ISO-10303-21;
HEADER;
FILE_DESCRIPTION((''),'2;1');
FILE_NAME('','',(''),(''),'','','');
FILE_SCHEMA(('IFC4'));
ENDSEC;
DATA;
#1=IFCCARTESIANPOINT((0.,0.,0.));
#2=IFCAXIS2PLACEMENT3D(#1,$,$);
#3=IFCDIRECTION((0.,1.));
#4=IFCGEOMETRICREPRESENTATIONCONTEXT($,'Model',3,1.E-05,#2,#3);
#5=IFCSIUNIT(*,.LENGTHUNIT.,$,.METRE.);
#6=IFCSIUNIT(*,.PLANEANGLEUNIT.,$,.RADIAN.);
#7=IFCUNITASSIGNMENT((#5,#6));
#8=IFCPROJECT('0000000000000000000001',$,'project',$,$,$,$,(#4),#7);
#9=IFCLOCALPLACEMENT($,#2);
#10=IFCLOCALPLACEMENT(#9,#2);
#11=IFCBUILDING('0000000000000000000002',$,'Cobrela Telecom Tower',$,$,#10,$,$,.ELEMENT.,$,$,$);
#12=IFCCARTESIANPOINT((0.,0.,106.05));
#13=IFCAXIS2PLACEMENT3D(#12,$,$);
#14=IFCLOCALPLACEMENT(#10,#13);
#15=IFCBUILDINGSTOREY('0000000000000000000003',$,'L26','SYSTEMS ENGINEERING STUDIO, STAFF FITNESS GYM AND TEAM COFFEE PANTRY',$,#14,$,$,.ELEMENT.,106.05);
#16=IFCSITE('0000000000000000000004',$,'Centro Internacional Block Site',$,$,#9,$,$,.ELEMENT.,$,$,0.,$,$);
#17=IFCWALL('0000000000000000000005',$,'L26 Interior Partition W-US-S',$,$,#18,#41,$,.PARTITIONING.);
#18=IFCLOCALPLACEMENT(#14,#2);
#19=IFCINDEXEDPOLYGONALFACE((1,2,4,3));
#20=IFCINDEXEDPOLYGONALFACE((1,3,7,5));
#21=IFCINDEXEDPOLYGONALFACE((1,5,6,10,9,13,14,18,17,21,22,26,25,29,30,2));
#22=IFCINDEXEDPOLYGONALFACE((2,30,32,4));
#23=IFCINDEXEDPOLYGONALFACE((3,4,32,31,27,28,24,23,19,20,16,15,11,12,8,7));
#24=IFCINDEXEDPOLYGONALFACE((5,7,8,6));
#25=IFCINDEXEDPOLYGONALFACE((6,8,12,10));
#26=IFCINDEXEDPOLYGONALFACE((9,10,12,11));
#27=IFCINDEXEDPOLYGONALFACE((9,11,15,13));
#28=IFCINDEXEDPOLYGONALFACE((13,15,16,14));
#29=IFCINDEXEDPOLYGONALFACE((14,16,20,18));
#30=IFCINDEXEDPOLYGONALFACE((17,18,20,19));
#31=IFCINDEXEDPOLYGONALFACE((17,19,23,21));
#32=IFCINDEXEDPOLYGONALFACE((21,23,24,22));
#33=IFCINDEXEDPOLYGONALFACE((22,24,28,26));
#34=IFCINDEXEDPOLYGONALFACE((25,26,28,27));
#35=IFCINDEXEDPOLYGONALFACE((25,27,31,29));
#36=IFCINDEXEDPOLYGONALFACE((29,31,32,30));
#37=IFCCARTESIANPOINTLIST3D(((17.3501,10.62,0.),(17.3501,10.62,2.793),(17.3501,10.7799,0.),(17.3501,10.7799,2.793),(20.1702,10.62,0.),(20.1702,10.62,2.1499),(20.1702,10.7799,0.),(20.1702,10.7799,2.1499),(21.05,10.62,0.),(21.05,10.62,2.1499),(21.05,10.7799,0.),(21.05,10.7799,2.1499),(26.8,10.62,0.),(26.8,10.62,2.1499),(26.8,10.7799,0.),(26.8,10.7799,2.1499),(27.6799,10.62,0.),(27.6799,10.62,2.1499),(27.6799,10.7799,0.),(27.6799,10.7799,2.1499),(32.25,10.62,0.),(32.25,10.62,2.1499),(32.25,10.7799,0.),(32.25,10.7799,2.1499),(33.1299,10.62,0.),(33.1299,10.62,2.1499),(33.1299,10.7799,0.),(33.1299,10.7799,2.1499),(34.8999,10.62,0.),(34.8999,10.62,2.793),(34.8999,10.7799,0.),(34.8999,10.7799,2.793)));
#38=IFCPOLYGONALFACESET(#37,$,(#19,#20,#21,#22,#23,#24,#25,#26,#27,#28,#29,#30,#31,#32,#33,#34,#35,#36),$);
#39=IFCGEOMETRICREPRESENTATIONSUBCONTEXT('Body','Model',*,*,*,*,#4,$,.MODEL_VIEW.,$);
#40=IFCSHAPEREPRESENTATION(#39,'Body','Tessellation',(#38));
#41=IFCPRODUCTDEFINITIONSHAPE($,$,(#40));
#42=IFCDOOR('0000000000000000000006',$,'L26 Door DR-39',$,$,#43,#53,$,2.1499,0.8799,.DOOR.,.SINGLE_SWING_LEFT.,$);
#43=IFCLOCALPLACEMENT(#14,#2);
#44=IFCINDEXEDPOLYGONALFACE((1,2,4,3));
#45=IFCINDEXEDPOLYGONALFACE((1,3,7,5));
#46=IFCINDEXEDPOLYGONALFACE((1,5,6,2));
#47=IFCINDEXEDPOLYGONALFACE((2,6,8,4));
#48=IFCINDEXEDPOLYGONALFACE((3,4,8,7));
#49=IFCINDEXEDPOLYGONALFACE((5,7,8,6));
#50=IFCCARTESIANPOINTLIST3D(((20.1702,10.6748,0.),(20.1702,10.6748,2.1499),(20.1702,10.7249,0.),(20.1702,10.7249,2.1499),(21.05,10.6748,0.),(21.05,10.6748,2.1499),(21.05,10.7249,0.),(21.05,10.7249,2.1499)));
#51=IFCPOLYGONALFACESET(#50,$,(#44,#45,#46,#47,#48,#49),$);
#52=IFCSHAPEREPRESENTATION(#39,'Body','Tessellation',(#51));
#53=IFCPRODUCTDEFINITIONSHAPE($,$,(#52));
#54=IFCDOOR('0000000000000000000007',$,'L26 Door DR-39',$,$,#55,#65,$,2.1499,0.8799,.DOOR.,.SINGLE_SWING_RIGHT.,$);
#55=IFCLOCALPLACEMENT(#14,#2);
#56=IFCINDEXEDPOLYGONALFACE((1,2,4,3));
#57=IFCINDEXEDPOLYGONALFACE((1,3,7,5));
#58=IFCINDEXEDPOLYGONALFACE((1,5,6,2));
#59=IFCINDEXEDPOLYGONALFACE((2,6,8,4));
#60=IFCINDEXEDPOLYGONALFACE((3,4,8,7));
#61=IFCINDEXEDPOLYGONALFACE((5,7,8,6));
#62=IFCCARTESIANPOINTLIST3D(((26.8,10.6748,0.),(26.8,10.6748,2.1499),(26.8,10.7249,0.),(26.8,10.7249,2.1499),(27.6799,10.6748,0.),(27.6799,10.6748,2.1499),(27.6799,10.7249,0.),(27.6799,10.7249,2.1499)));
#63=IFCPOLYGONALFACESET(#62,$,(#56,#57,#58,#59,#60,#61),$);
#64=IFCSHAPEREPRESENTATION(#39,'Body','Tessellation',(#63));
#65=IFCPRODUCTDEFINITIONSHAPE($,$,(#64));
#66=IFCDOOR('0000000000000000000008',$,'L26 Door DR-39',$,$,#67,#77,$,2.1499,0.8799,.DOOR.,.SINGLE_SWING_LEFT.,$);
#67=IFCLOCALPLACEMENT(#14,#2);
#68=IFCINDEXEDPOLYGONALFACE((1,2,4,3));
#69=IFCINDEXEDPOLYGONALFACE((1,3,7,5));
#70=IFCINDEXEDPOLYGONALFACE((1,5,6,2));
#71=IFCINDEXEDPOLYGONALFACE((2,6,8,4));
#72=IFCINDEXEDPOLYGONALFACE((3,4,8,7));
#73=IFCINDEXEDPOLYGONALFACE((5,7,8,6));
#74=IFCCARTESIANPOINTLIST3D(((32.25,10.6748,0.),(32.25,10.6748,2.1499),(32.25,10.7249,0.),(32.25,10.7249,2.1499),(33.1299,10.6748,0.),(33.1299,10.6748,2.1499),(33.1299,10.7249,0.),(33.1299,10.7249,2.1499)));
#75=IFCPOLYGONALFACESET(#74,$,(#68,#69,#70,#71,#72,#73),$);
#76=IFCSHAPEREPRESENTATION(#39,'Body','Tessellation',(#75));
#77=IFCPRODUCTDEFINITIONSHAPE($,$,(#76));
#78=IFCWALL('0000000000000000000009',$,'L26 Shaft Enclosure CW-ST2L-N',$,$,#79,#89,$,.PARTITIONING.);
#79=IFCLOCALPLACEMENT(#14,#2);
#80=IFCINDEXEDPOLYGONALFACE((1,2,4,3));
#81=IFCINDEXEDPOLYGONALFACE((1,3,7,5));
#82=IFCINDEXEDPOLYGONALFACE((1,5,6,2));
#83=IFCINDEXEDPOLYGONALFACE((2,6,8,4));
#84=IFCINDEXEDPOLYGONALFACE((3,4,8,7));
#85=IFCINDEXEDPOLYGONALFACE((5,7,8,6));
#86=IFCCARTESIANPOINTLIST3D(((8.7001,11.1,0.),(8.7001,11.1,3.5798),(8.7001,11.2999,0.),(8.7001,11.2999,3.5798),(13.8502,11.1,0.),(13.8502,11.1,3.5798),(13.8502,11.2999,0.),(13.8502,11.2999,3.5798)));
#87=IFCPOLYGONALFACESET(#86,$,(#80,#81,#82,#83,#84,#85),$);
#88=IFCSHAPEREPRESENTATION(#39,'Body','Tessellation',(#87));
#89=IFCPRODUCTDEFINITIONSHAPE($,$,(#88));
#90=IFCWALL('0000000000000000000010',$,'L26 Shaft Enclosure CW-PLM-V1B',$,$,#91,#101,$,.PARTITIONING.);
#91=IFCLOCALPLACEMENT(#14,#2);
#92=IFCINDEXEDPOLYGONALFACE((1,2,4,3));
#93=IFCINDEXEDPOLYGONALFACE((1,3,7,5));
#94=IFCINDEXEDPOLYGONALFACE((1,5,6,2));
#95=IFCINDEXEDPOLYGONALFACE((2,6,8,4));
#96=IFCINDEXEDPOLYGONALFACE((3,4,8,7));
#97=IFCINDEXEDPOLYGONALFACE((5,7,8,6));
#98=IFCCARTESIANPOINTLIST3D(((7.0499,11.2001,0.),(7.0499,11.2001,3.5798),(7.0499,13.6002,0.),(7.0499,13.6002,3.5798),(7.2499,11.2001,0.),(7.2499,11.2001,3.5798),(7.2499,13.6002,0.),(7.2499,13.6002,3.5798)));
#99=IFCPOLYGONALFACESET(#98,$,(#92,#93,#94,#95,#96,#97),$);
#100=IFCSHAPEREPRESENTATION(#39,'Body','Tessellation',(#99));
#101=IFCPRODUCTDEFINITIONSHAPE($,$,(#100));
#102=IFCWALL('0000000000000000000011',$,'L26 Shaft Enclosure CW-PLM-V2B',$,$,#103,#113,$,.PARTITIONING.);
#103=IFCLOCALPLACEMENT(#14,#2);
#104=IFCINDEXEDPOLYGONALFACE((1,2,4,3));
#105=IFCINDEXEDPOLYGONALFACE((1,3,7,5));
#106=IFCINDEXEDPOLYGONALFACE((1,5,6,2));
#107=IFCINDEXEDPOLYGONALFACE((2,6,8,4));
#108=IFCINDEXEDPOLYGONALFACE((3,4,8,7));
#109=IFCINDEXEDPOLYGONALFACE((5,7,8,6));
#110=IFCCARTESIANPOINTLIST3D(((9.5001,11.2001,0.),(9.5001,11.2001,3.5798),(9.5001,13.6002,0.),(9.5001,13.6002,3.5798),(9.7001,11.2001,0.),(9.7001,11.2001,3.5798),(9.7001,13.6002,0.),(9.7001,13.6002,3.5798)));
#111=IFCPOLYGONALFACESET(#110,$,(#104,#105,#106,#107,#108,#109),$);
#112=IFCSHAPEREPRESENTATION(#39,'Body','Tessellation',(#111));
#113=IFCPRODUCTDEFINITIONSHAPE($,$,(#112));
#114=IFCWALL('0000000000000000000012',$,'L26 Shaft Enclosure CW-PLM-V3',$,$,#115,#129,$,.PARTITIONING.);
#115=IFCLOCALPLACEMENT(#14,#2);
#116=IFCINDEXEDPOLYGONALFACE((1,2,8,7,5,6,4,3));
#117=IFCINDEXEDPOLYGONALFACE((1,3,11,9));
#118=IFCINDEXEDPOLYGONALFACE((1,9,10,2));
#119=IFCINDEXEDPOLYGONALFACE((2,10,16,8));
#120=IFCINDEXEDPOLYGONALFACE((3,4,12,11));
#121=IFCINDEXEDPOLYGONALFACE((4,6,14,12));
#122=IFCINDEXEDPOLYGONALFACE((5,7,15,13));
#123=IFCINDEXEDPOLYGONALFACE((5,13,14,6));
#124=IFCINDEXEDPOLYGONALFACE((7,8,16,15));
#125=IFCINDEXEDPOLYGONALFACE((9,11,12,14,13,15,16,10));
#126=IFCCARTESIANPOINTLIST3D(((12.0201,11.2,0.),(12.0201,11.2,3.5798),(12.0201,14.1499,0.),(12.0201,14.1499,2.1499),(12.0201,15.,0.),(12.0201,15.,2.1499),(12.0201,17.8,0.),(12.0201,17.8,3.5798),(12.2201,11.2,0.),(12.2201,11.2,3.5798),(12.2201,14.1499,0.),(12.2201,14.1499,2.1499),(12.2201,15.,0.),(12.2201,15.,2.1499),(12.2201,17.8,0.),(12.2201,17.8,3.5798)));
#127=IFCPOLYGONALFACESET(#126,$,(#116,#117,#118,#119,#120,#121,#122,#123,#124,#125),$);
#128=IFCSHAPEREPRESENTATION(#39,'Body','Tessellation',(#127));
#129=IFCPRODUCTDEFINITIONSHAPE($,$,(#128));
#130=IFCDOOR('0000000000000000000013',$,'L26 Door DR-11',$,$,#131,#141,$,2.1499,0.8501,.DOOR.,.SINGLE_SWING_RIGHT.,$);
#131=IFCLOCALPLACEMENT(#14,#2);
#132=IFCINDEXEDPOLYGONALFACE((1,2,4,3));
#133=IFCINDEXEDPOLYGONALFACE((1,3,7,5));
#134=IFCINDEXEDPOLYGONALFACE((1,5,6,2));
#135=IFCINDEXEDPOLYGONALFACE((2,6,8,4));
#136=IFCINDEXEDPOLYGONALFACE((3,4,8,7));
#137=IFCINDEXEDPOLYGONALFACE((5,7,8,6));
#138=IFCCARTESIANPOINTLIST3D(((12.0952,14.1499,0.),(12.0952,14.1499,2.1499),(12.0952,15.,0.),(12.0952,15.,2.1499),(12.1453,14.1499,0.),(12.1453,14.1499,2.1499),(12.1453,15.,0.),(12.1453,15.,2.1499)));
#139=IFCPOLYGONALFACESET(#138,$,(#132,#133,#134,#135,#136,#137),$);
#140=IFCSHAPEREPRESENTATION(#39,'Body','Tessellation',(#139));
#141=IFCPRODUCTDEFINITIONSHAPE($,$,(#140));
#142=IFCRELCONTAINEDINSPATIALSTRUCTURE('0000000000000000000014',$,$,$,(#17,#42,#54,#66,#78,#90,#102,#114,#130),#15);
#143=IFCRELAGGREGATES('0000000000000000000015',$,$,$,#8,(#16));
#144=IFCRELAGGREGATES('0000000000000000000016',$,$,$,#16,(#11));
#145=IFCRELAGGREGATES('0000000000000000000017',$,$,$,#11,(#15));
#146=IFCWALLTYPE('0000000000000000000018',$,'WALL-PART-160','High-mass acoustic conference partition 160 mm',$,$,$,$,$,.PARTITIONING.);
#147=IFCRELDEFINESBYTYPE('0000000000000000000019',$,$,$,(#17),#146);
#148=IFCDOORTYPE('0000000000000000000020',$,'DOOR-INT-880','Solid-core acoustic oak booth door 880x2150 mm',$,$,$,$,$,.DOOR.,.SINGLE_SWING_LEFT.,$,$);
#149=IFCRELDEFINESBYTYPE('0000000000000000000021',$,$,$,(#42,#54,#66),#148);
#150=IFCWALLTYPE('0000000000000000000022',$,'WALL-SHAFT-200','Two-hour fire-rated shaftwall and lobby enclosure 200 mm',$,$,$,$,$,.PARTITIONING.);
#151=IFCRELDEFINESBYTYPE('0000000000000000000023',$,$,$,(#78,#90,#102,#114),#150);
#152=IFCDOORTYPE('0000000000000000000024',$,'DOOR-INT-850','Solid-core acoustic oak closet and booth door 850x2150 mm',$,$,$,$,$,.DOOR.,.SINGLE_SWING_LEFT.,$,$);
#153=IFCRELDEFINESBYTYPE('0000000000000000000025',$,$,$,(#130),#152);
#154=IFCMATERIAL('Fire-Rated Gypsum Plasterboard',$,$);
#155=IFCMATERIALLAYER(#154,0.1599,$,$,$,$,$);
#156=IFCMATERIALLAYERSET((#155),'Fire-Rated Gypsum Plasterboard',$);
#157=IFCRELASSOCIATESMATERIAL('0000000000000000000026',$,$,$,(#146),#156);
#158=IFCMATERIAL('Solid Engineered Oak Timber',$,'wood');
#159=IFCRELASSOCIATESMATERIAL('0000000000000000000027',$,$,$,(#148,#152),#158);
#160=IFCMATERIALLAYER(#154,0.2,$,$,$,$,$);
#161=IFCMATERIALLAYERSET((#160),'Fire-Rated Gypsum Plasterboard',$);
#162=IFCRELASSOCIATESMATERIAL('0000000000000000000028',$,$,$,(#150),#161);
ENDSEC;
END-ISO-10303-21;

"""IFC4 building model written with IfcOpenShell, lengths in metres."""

from ifc_helpers import new_model, si_unit, direction, frame, frame_2d, origin, place, context, subcontext, project, spatial, rectangle, extrude, material, layer, layer_set, type_object, element, fill, save


model = new_model("IFC4")

# Units and contexts
model_context = context("Model", 3, precision=1e-05, world=origin(), true_north=direction((0.0, 1.0)))
body_context = subcontext(model_context, "Body", "Model", "MODEL_VIEW")
ifc_project = project(units=[si_unit("LENGTHUNIT", "METRE"), si_unit("PLANEANGLEUNIT", "RADIAN")], contexts=[model_context])

# Site, building, storey
site_placement = place(None, origin())
site = spatial("IfcSite", under=ifc_project, at=site_placement, Name="Centro Internacional Block Site", CompositionType="ELEMENT", RefElevation=0.0)
building_placement = place(site_placement, origin())
building = spatial("IfcBuilding", under=site, at=building_placement, Name="Cobrela Telecom Tower", CompositionType="ELEMENT")
storey_placement = place(building_placement, frame((0.0, 0.0, 106.05)))
storey = spatial("IfcBuildingStorey", under=building, at=storey_placement, Name="L26", Description="SYSTEMS ENGINEERING STUDIO, STAFF FITNESS GYM AND TEAM COFFEE PANTRY", CompositionType="ELEMENT", Elevation=106.05)

# Shared definitions
ifc_material_1 = material(Name="Fire-Rated Gypsum Plasterboard")

# Wall, openings, doors
ifc_layer_1 = layer(ifc_material_1, 0.1599)
ifc_layer_set_1 = layer_set([ifc_layer_1], Name="Fire-Rated Gypsum Plasterboard")
wall_type_1 = type_object("IfcWallType", Name="WALL-PART-160", Description="High-mass acoustic conference partition 160 mm", PredefinedType="PARTITIONING", material=ifc_layer_set_1)
wall_1_placement = place(storey_placement, frame((17.3501, 10.7, 0.0), z_axis=(0.0, 0.0, 1.0), x_axis=(1.0, 0.0, 0.0)))
wall_1 = element("IfcWall", 1, at=wall_1_placement, inside=storey, type_object=wall_type_1, Name="L26 Interior Partition W-US-S", PredefinedType="PARTITIONING", context=body_context, shape_type="SweptSolid", body=[
    extrude(rectangle(XDim=17.5498, YDim=0.1599, at=frame_2d((8.7749, 0.0))), origin(), (0.0, 0.0, 1.0), 2.793),
])
opening_1_placement = place(wall_1_placement, frame((2.8201, 0.0, 0.0)))
opening_1 = element("IfcOpeningElement", 2, at=opening_1_placement, cuts=wall_1, PredefinedType="OPENING", context=body_context, shape_type="SweptSolid", body=[
    extrude(rectangle(XDim=0.8799, YDim=2.1499, at=frame_2d((0.4399, 1.075))), frame((0.0, 0.0918, 0.0), z_axis=(0.0, -1.0, 0.0), x_axis=(1.0, 0.0, 0.0)), (0.0, 0.0, 1.0), 0.1838),
])
opening_2_placement = place(wall_1_placement, frame((9.45, 0.0, 0.0)))
opening_2 = element("IfcOpeningElement", 3, at=opening_2_placement, cuts=wall_1, PredefinedType="OPENING", context=body_context, shape_type="SweptSolid", body=[
    extrude(rectangle(XDim=0.8799, YDim=2.1499, at=frame_2d((0.4399, 1.075))), frame((0.0, 0.0918, 0.0), z_axis=(0.0, -1.0, 0.0), x_axis=(1.0, 0.0, 0.0)), (0.0, 0.0, 1.0), 0.1838),
])
opening_3_placement = place(wall_1_placement, frame((14.8999, 0.0, 0.0)))
opening_3 = element("IfcOpeningElement", 4, at=opening_3_placement, cuts=wall_1, PredefinedType="OPENING", context=body_context, shape_type="SweptSolid", body=[
    extrude(rectangle(XDim=0.8799, YDim=2.1499, at=frame_2d((0.4399, 1.075))), frame((0.0, 0.0918, 0.0), z_axis=(0.0, -1.0, 0.0), x_axis=(1.0, 0.0, 0.0)), (0.0, 0.0, 1.0), 0.1838),
])
ifc_material_2 = material(Name="Solid Engineered Oak Timber", Category="wood")
door_type_1 = type_object("IfcDoorType", Name="DOOR-INT-880", Description="Solid-core acoustic oak booth door 880x2150 mm", OperationType="SINGLE_SWING_LEFT", PredefinedType="DOOR", material=ifc_material_2)
door_1_placement = place(opening_1_placement, origin())
door_1 = element("IfcDoor", 5, at=door_1_placement, inside=storey, type_object=door_type_1, Name="L26 Door DR-39", OperationType="SINGLE_SWING_LEFT", OverallHeight=2.1499, OverallWidth=0.8799, PredefinedType="DOOR", context=body_context, shape_type="SweptSolid", body=[
    extrude(rectangle(XDim=0.8799, YDim=2.1499, at=frame_2d((0.4399, 1.075))), frame((0.0, 0.0249, 0.0), z_axis=(0.0, -1.0, 0.0), x_axis=(1.0, 0.0, 0.0)), (0.0, 0.0, 1.0), 0.05),
])
fill(opening_1, door_1)
door_2_placement = place(opening_2_placement, origin())
door_2 = element("IfcDoor", 6, at=door_2_placement, inside=storey, type_object=door_type_1, Name="L26 Door DR-39", OperationType="SINGLE_SWING_RIGHT", OverallHeight=2.1499, OverallWidth=0.8799, PredefinedType="DOOR", context=body_context, shape_type="SweptSolid", body=[
    extrude(rectangle(XDim=0.8799, YDim=2.1499, at=frame_2d((0.4399, 1.075))), frame((0.0, 0.0249, 0.0), z_axis=(0.0, -1.0, 0.0), x_axis=(1.0, 0.0, 0.0)), (0.0, 0.0, 1.0), 0.05),
])
fill(opening_2, door_2)
door_3_placement = place(opening_3_placement, origin())
door_3 = element("IfcDoor", 7, at=door_3_placement, inside=storey, type_object=door_type_1, Name="L26 Door DR-39", OperationType="SINGLE_SWING_LEFT", OverallHeight=2.1499, OverallWidth=0.8799, PredefinedType="DOOR", context=body_context, shape_type="SweptSolid", body=[
    extrude(rectangle(XDim=0.8799, YDim=2.1499, at=frame_2d((0.4399, 1.075))), frame((0.0, 0.0249, 0.0), z_axis=(0.0, -1.0, 0.0), x_axis=(1.0, 0.0, 0.0)), (0.0, 0.0, 1.0), 0.05),
])
fill(opening_3, door_3)

# Walls
ifc_layer_2 = layer(ifc_material_1, 0.2)
ifc_layer_set_2 = layer_set([ifc_layer_2], Name="Fire-Rated Gypsum Plasterboard")
wall_type_2 = type_object("IfcWallType", Name="WALL-SHAFT-200", Description="Two-hour fire-rated shaftwall and lobby enclosure 200 mm", PredefinedType="PARTITIONING", material=ifc_layer_set_2)
wall_2_placement = place(storey_placement, frame((8.7, 11.2, 0.0), z_axis=(0.0, 0.0, 1.0), x_axis=(1.0, 0.0, 0.0)))
element("IfcWall", 8, at=wall_2_placement, inside=storey, type_object=wall_type_2, Name="L26 Shaft Enclosure CW-ST2L-N", PredefinedType="PARTITIONING", context=body_context, shape_type="SweptSolid", body=[
    extrude(rectangle(XDim=5.1501, YDim=0.2, at=frame_2d((2.5752, 0.0))), origin(), (0.0, 0.0, 1.0), 3.5798),
])
for number, where, z_axis, x_axis, name in (
    (9, (7.1499, 11.2, 0.0), (0.0, 0.0, 1.0), (0.0, 1.0, 0.0), "L26 Shaft Enclosure CW-PLM-V1B"),
    (10, (9.6001, 11.2, 0.0), (0.0, 0.0, 1.0), (0.0, 1.0, 0.0), "L26 Shaft Enclosure CW-PLM-V2B"),
):
    element("IfcWall", number, at=place(storey_placement, frame(where, z_axis=z_axis, x_axis=x_axis)), inside=storey, type_object=wall_type_2, Name=name, PredefinedType="PARTITIONING", context=body_context, shape_type="SweptSolid", body=[
        extrude(rectangle(XDim=2.4001, YDim=0.2, at=frame_2d((1.2002, 0.0))), origin(), (0.0, 0.0, 1.0), 3.5798),
    ])

# Wall, opening, door
wall_3_placement = place(storey_placement, frame((12.1201, 11.2, 0.0), z_axis=(0.0, 0.0, 1.0), x_axis=(0.0, 1.0, 0.0)))
wall_3 = element("IfcWall", 11, at=wall_3_placement, inside=storey, type_object=wall_type_2, Name="L26 Shaft Enclosure CW-PLM-V3", PredefinedType="PARTITIONING", context=body_context, shape_type="SweptSolid", body=[
    extrude(rectangle(XDim=6.6001, YDim=0.2, at=frame_2d((3.3, 0.0))), origin(), (0.0, 0.0, 1.0), 3.5798),
])
opening_4_placement = place(wall_3_placement, frame((2.95, 0.0, 0.0)))
opening_4 = element("IfcOpeningElement", 12, at=opening_4_placement, cuts=wall_3, PredefinedType="OPENING", context=body_context, shape_type="SweptSolid", body=[
    extrude(rectangle(XDim=0.8501, YDim=2.1499, at=frame_2d((0.425, 1.075))), frame((0.0, 0.1118, 0.0), z_axis=(0.0, -1.0, 0.0), x_axis=(1.0, 0.0, 0.0)), (0.0, 0.0, 1.0), 0.2239),
])
door_type_2 = type_object("IfcDoorType", Name="DOOR-INT-850", Description="Solid-core acoustic oak closet and booth door 850x2150 mm", OperationType="SINGLE_SWING_LEFT", PredefinedType="DOOR", material=ifc_material_2)
door_4_placement = place(opening_4_placement, origin())
door_4 = element("IfcDoor", 13, at=door_4_placement, inside=storey, type_object=door_type_2, Name="L26 Door DR-11", OperationType="SINGLE_SWING_RIGHT", OverallHeight=2.1499, OverallWidth=0.8501, PredefinedType="DOOR", context=body_context, shape_type="SweptSolid", body=[
    extrude(rectangle(XDim=0.8501, YDim=2.1499, at=frame_2d((0.425, 1.075))), frame((0.0, 0.0249, 0.0), z_axis=(0.0, -1.0, 0.0), x_axis=(1.0, 0.0, 0.0)), (0.0, 0.0, 1.0), 0.05),
])
fill(opening_4, door_4)

save(model, "model.ifc")
